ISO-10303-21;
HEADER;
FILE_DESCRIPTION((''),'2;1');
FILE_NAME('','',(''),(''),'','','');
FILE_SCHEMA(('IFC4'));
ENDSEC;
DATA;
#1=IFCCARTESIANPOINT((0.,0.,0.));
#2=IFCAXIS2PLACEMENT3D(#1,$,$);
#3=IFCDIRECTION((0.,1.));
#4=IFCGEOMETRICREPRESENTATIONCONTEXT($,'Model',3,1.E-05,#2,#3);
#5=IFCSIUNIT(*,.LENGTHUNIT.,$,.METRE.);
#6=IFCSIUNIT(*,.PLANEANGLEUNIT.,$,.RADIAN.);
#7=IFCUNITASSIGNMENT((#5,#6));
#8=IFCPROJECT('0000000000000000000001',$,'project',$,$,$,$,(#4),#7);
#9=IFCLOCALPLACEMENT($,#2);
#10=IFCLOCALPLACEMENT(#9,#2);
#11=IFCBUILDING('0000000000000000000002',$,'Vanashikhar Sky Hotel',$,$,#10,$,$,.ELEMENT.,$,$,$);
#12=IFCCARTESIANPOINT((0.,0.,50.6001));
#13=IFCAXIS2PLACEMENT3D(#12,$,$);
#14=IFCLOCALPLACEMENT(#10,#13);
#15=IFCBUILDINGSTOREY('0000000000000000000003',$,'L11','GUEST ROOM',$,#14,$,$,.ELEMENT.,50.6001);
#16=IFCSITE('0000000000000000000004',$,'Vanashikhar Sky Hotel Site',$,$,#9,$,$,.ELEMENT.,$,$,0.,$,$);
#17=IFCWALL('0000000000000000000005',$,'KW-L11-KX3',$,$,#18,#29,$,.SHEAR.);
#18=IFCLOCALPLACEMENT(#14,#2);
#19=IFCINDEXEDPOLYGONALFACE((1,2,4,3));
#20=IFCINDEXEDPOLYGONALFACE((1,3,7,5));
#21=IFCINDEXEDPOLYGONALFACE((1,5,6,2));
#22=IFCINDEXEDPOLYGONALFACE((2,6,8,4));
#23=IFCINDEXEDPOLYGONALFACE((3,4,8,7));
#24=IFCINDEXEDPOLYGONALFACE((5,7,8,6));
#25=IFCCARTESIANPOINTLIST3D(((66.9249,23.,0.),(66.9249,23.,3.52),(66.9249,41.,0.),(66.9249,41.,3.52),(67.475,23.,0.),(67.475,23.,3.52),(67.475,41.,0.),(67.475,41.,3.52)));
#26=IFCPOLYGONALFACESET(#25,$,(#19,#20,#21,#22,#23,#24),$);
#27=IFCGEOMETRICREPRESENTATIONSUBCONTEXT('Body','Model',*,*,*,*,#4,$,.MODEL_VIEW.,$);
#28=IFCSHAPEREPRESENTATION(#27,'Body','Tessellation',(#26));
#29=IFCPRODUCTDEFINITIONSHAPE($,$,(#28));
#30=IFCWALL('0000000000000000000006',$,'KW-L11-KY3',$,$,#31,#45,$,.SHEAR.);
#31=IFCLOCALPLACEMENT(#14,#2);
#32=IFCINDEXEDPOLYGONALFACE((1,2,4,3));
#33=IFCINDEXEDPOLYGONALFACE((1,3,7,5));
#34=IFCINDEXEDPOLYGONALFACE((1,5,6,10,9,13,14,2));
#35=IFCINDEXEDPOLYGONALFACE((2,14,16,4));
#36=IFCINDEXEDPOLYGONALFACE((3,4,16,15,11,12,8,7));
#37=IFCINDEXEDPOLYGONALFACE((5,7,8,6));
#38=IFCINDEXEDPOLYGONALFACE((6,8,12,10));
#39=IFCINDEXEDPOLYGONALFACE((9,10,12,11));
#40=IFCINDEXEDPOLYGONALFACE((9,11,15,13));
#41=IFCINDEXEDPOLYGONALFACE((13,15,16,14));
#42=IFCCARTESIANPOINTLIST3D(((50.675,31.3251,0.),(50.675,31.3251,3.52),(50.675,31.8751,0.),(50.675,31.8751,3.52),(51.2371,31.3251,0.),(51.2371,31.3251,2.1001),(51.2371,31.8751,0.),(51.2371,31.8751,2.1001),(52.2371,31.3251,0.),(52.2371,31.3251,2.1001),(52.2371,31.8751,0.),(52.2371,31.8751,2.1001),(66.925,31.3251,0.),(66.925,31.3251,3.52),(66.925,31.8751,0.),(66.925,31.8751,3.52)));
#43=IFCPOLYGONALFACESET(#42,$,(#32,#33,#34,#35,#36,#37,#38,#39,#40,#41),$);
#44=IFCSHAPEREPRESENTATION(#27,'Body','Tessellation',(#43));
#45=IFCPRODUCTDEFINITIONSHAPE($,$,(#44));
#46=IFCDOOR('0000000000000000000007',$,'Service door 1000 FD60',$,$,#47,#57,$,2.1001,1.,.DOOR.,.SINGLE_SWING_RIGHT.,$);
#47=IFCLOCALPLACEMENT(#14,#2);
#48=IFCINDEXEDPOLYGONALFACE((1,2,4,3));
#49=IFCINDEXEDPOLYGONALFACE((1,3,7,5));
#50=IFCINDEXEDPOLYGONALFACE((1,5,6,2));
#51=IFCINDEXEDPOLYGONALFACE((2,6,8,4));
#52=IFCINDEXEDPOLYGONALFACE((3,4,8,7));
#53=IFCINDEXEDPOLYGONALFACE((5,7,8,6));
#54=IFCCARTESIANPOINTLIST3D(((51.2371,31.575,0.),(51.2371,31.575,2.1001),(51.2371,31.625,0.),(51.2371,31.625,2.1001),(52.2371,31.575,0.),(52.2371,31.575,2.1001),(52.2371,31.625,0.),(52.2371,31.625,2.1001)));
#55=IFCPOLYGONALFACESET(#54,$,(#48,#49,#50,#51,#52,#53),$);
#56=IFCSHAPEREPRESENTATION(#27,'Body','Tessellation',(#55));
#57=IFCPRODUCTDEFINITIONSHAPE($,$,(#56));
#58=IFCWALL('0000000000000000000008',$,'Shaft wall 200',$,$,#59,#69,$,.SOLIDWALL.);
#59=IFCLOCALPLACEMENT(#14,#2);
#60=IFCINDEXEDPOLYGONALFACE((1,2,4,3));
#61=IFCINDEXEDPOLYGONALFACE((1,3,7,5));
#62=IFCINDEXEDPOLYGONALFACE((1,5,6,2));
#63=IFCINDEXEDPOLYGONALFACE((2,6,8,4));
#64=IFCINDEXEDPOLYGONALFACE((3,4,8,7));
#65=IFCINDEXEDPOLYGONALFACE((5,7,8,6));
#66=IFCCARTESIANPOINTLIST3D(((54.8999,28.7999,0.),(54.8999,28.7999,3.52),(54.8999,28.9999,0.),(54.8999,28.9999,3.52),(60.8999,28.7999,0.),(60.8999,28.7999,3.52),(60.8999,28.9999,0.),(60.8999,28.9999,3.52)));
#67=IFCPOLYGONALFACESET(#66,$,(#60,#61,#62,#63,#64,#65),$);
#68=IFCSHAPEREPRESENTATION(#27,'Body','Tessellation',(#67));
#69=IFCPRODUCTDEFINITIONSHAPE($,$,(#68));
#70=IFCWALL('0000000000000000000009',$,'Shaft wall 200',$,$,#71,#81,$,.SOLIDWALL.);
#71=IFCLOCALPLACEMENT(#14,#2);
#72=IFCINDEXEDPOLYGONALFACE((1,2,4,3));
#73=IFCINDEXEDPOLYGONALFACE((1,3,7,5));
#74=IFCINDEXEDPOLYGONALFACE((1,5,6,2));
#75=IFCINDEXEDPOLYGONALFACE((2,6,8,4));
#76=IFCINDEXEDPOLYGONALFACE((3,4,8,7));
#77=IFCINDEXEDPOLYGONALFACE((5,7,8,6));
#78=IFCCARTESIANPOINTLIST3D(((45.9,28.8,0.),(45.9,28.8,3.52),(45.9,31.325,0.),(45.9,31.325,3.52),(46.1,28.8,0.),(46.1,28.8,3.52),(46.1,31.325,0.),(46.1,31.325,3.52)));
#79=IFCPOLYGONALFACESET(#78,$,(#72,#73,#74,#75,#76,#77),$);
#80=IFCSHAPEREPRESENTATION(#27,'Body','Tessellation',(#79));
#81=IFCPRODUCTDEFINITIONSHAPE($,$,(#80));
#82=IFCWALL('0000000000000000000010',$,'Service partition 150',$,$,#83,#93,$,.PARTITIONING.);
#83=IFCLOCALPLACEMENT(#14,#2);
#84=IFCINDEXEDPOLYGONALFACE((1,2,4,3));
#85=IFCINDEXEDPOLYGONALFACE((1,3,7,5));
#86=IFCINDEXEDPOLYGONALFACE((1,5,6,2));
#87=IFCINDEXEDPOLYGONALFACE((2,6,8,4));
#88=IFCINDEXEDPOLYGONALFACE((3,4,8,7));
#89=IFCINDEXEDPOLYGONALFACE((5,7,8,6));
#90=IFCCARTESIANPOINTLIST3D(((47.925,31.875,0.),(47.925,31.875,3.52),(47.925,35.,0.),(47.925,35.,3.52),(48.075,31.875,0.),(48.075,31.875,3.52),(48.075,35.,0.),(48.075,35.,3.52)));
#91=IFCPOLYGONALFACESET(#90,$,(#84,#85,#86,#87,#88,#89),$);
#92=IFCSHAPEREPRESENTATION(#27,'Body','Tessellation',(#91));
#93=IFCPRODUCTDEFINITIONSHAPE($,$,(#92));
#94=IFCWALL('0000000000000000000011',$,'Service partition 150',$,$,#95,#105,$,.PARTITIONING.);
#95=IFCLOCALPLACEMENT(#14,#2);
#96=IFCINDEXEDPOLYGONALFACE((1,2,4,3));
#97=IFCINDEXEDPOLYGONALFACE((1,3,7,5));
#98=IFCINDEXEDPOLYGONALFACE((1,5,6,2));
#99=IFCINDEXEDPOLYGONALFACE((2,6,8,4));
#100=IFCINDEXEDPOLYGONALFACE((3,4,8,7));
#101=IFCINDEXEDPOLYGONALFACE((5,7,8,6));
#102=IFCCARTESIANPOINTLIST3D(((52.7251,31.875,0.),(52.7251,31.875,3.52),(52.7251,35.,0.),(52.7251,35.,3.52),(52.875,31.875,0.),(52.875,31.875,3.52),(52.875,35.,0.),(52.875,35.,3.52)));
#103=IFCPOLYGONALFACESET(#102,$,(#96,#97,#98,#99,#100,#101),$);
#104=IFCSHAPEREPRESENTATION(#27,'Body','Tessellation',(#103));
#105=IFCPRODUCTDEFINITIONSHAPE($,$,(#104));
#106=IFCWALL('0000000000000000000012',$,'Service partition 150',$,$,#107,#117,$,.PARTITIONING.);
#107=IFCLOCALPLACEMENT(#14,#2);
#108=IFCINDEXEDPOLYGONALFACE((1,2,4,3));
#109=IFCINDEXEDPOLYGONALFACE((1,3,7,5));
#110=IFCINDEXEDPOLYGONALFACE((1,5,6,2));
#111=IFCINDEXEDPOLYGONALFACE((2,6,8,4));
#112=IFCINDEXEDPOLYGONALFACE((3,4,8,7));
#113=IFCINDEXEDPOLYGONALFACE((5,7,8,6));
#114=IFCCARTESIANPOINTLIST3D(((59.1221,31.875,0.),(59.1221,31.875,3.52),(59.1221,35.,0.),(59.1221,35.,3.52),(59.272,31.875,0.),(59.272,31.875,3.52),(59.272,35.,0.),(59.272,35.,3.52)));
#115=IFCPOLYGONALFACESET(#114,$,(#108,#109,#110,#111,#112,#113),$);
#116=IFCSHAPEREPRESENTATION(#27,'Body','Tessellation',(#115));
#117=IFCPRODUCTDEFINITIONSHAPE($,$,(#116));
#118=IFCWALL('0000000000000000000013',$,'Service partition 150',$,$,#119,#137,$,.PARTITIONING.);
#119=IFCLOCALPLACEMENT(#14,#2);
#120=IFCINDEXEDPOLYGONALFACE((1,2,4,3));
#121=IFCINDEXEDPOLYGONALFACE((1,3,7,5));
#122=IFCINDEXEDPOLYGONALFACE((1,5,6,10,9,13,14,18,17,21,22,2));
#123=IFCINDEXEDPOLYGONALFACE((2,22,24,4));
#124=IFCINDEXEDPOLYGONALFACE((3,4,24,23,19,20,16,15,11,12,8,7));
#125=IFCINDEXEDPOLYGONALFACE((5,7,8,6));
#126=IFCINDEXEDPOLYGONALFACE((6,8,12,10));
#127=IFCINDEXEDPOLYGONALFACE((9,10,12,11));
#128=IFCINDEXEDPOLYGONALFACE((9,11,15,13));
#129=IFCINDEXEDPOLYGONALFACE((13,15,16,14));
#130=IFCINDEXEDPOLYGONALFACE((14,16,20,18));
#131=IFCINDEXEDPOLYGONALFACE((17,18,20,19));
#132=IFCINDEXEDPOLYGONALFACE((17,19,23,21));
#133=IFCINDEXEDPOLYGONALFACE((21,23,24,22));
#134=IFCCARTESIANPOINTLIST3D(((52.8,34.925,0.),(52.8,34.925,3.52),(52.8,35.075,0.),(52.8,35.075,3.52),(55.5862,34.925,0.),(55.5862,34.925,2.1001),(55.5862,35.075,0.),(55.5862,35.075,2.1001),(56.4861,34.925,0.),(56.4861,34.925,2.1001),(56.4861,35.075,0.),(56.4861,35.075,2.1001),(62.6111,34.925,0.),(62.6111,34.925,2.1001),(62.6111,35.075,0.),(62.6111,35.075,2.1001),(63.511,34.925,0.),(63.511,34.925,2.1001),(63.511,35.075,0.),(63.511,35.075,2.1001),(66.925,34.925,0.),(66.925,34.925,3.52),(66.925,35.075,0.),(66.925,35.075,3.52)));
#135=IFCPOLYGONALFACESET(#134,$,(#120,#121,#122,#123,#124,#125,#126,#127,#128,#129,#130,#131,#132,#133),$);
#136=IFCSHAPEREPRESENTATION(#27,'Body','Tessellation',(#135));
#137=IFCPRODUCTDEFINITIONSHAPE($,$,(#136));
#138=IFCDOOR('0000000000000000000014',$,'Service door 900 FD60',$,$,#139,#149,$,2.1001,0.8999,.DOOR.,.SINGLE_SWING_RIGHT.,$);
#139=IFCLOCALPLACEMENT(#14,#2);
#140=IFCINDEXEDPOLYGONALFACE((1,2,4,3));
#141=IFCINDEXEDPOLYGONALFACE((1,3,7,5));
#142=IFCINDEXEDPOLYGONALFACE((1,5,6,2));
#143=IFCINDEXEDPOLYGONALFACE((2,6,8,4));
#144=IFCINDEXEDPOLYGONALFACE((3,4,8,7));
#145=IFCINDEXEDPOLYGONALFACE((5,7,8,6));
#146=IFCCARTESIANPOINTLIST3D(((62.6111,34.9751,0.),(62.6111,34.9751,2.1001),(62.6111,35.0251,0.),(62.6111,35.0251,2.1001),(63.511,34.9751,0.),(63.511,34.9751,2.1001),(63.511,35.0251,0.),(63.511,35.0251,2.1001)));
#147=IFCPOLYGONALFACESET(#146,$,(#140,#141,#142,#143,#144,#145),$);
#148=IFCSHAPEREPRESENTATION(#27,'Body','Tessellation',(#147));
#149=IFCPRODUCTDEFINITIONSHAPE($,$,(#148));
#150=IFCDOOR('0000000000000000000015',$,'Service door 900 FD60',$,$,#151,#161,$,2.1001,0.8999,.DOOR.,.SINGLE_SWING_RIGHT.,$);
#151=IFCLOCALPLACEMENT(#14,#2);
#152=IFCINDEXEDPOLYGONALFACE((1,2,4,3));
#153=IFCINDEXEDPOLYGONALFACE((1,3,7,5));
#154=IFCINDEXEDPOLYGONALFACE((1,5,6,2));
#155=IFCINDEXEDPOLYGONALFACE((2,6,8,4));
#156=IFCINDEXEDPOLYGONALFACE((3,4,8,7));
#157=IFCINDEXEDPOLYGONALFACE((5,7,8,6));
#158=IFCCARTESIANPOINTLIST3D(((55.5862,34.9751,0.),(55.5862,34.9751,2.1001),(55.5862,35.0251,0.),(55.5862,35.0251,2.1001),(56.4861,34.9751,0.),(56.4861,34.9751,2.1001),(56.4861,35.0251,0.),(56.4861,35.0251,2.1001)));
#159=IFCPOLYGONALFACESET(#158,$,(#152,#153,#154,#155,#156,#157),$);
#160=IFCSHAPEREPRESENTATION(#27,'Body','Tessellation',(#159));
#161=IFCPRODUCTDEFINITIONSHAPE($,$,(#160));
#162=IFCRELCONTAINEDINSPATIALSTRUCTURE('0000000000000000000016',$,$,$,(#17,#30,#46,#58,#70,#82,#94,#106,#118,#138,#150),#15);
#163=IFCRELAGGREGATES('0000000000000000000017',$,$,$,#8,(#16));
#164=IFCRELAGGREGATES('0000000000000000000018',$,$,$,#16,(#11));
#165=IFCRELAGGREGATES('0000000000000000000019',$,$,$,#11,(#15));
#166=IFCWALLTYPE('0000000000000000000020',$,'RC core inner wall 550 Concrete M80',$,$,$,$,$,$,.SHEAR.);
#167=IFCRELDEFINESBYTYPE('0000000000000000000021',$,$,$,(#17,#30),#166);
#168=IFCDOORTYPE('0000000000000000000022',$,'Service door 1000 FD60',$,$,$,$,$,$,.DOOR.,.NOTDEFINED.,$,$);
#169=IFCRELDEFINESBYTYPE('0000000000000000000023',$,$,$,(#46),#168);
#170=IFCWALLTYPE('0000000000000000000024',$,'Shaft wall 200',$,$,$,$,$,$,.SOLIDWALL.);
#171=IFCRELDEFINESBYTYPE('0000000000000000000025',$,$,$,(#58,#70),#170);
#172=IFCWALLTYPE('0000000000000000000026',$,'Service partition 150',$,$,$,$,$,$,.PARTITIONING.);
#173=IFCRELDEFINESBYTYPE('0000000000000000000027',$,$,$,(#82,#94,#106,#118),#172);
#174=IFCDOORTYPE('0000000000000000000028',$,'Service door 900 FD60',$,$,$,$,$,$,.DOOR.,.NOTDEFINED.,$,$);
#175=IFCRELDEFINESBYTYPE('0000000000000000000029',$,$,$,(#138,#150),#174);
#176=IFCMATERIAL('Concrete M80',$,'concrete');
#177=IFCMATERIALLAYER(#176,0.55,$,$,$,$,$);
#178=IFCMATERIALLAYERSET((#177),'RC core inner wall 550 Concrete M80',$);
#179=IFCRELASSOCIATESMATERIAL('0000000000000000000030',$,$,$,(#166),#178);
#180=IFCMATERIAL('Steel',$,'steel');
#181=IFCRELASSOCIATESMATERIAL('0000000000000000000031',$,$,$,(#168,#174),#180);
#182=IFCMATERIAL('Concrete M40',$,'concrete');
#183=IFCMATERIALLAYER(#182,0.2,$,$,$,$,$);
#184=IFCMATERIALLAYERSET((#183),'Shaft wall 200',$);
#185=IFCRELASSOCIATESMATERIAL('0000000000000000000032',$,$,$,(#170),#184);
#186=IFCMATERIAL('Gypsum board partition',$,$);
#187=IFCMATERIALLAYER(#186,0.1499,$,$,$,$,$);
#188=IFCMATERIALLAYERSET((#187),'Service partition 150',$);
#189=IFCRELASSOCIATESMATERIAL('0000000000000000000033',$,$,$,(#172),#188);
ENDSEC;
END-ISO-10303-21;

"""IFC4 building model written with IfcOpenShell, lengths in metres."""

from ifc_helpers import new_model, si_unit, direction, frame, frame_2d, origin, place, context, subcontext, project, spatial, rectangle, extrude, source, transform, mapped, material, layer, layer_set, type_object, element, fill, save


model = new_model("IFC4")

# Units and contexts
model_context = context("Model", 3, precision=1e-05, world=origin(), true_north=direction((0.0, 1.0)))
body_context = subcontext(model_context, "Body", "Model", "MODEL_VIEW")
ifc_project = project(units=[si_unit("LENGTHUNIT", "METRE"), si_unit("PLANEANGLEUNIT", "RADIAN")], contexts=[model_context])

# Site, building, storey
site_placement = place(None, origin())
site = spatial("IfcSite", under=ifc_project, at=site_placement, Name="Vanashikhar Sky Hotel Site", CompositionType="ELEMENT", RefElevation=0.0)
building_placement = place(site_placement, origin())
building = spatial("IfcBuilding", under=site, at=building_placement, Name="Vanashikhar Sky Hotel", CompositionType="ELEMENT")
storey_placement = place(building_placement, frame((0.0, 0.0, 50.6001)))
storey = spatial("IfcBuildingStorey", under=building, at=storey_placement, Name="L11", Description="GUEST ROOM", CompositionType="ELEMENT", Elevation=50.6001)

# Wall
ifc_material_1 = material(Name="Concrete M80", Category="concrete")
ifc_layer_1 = layer(ifc_material_1, 0.55)
ifc_layer_set_1 = layer_set([ifc_layer_1], Name="RC core inner wall 550 Concrete M80")
wall_type_1 = type_object("IfcWallType", Name="RC core inner wall 550 Concrete M80", PredefinedType="SHEAR", material=ifc_layer_set_1)
shared_shape_1 = source(origin(), body_context, "Body", "SweptSolid", [
    extrude(rectangle(XDim=18.0, YDim=0.55, at=frame_2d((9.0, 0.0))), origin(), (0.0, 0.0, 1.0), 3.52),
])
wall_1_placement = place(storey_placement, frame((67.2, 23.0, 0.0), z_axis=(0.0, 0.0, 1.0), x_axis=(0.0, 1.0, 0.0)))
element("IfcWall", 1, at=wall_1_placement, inside=storey, type_object=wall_type_1, Name="KW-L11-KX3", PredefinedType="SHEAR", context=body_context, shape_type="MappedRepresentation", body=[
    mapped(shared_shape_1, transform((0.0, 0.0, 0.0), scale=1.0)),
])

# Wall, opening, door
shared_shape_2 = source(origin(), body_context, "Body", "SweptSolid", [
    extrude(rectangle(XDim=16.25, YDim=0.55, at=frame_2d((8.125, 0.0))), origin(), (0.0, 0.0, 1.0), 3.52),
])
wall_2_placement = place(storey_placement, frame((50.675, 31.6001, 0.0), z_axis=(0.0, 0.0, 1.0), x_axis=(1.0, 0.0, 0.0)))
wall_2 = element("IfcWall", 2, at=wall_2_placement, inside=storey, type_object=wall_type_1, Name="KW-L11-KY3", PredefinedType="SHEAR", context=body_context, shape_type="MappedRepresentation", body=[
    mapped(shared_shape_2, transform((0.0, 0.0, 0.0), scale=1.0)),
])
shared_shape_3 = source(origin(), body_context, "Body", "SweptSolid", [
    extrude(rectangle(XDim=1.0, YDim=2.1001, at=frame_2d((0.5, 1.05))), frame((0.0, 0.2852, 0.0), z_axis=(0.0, -1.0, 0.0), x_axis=(1.0, 0.0, 0.0)), (0.0, 0.0, 1.0), 0.5701),
])
opening_1_placement = place(wall_2_placement, frame((0.562, 0.0, 0.0)))
opening_1 = element("IfcOpeningElement", 3, at=opening_1_placement, cuts=wall_2, PredefinedType="OPENING", context=body_context, shape_type="MappedRepresentation", body=[
    mapped(shared_shape_3, transform((0.0, 0.0, 0.0), scale=1.0)),
])
ifc_material_2 = material(Name="Steel", Category="steel")
door_type_1 = type_object("IfcDoorType", Name="Service door 1000 FD60", OperationType="NOTDEFINED", PredefinedType="DOOR", material=ifc_material_2)
shared_shape_4 = source(origin(), body_context, "Body", "SweptSolid", [
    extrude(rectangle(XDim=1.0, YDim=2.1001, at=frame_2d((0.5, 1.05))), frame((0.0, 0.0249, 0.0), z_axis=(0.0, -1.0, 0.0), x_axis=(1.0, 0.0, 0.0)), (0.0, 0.0, 1.0), 0.05),
])
door_1_placement = place(opening_1_placement, origin())
door_1 = element("IfcDoor", 4, at=door_1_placement, inside=storey, type_object=door_type_1, Name="Service door 1000 FD60", OperationType="SINGLE_SWING_RIGHT", OverallHeight=2.1001, OverallWidth=1.0, PredefinedType="DOOR", context=body_context, shape_type="MappedRepresentation", body=[
    mapped(shared_shape_4, transform((0.0, 0.0, 0.0), scale=1.0)),
])
fill(opening_1, door_1)

# Walls
ifc_material_3 = material(Name="Concrete M40", Category="concrete")
ifc_layer_2 = layer(ifc_material_3, 0.2)
ifc_layer_set_2 = layer_set([ifc_layer_2], Name="Shaft wall 200")
wall_type_2 = type_object("IfcWallType", Name="Shaft wall 200", PredefinedType="SOLIDWALL", material=ifc_layer_set_2)
shared_shape_5 = source(origin(), body_context, "Body", "SweptSolid", [
    extrude(rectangle(XDim=6.0, YDim=0.2, at=frame_2d((3.0, 0.0))), origin(), (0.0, 0.0, 1.0), 3.52),
])
wall_3_placement = place(storey_placement, frame((60.8999, 28.8999, 0.0), z_axis=(0.0, 0.0, 1.0), x_axis=(-1.0, 0.0, 0.0)))
element("IfcWall", 5, at=wall_3_placement, inside=storey, type_object=wall_type_2, Name="Shaft wall 200", PredefinedType="SOLIDWALL", context=body_context, shape_type="MappedRepresentation", body=[
    mapped(shared_shape_5, transform((0.0, 0.0, 0.0), scale=1.0)),
])
shared_shape_6 = source(origin(), body_context, "Body", "SweptSolid", [
    extrude(rectangle(XDim=2.5249, YDim=0.2, at=frame_2d((1.2625, 0.0))), origin(), (0.0, 0.0, 1.0), 3.52),
])
wall_4_placement = place(storey_placement, frame((46.0, 28.8, 0.0), z_axis=(0.0, 0.0, 1.0), x_axis=(0.0, 1.0, 0.0)))
element("IfcWall", 6, at=wall_4_placement, inside=storey, type_object=wall_type_2, Name="Shaft wall 200", PredefinedType="SOLIDWALL", context=body_context, shape_type="MappedRepresentation", body=[
    mapped(shared_shape_6, transform((0.0, 0.0, 0.0), scale=1.0)),
])
ifc_material_4 = material(Name="Gypsum board partition")
ifc_layer_3 = layer(ifc_material_4, 0.1499)
ifc_layer_set_3 = layer_set([ifc_layer_3], Name="Service partition 150")
wall_type_3 = type_object("IfcWallType", Name="Service partition 150", PredefinedType="PARTITIONING", material=ifc_layer_set_3)
shared_shape_7 = source(origin(), body_context, "Body", "SweptSolid", [
    extrude(rectangle(XDim=3.125, YDim=0.1499, at=frame_2d((1.5625, 0.0))), origin(), (0.0, 0.0, 1.0), 3.52),
])
for number, where, z_axis, x_axis, name in (
    (7, (48.0, 31.875, 0.0), (0.0, 0.0, 1.0), (0.0, 1.0, 0.0), "Service partition 150"),
    (8, (52.8, 31.875, 0.0), (0.0, 0.0, 1.0), (0.0, 1.0, 0.0), "Service partition 150"),
    (9, (59.197, 31.875, 0.0), (0.0, 0.0, 1.0), (0.0, 1.0, 0.0), "Service partition 150"),
):
    element("IfcWall", number, at=place(storey_placement, frame(where, z_axis=z_axis, x_axis=x_axis)), inside=storey, type_object=wall_type_3, Name=name, PredefinedType="PARTITIONING", context=body_context, shape_type="MappedRepresentation", body=[
        mapped(shared_shape_7, transform((0.0, 0.0, 0.0), scale=1.0)),
    ])

# Wall, openings, doors
shared_shape_8 = source(origin(), body_context, "Body", "SweptSolid", [
    extrude(rectangle(XDim=14.125, YDim=0.1499, at=frame_2d((7.0625, 0.0))), origin(), (0.0, 0.0, 1.0), 3.52),
])
wall_5_placement = place(storey_placement, frame((66.925, 35.0, 0.0), z_axis=(0.0, 0.0, 1.0), x_axis=(-1.0, 0.0, 0.0)))
wall_5 = element("IfcWall", 10, at=wall_5_placement, inside=storey, type_object=wall_type_3, Name="Service partition 150", PredefinedType="PARTITIONING", context=body_context, shape_type="MappedRepresentation", body=[
    mapped(shared_shape_8, transform((0.0, 0.0, 0.0), scale=1.0)),
])
shared_shape_9 = source(origin(), body_context, "Body", "SweptSolid", [
    extrude(rectangle(XDim=0.8999, YDim=2.1001, at=frame_2d((0.45, 1.05))), frame((0.0, 0.085, 0.0), z_axis=(0.0, -1.0, 0.0), x_axis=(1.0, 0.0, 0.0)), (0.0, 0.0, 1.0), 0.1699),
])
opening_2_placement = place(wall_5_placement, frame((3.4141, 0.0, 0.0)))
opening_2 = element("IfcOpeningElement", 11, at=opening_2_placement, cuts=wall_5, PredefinedType="OPENING", context=body_context, shape_type="MappedRepresentation", body=[
    mapped(shared_shape_9, transform((0.0, 0.0, 0.0), scale=1.0)),
])
opening_3_placement = place(wall_5_placement, frame((10.439, 0.0, 0.0)))
opening_3 = element("IfcOpeningElement", 12, at=opening_3_placement, cuts=wall_5, PredefinedType="OPENING", context=body_context, shape_type="MappedRepresentation", body=[
    mapped(shared_shape_9, transform((0.0, 0.0, 0.0), scale=1.0)),
])
door_type_2 = type_object("IfcDoorType", Name="Service door 900 FD60", OperationType="NOTDEFINED", PredefinedType="DOOR", material=ifc_material_2)
shared_shape_10 = source(origin(), body_context, "Body", "SweptSolid", [
    extrude(rectangle(XDim=0.8999, YDim=2.1001, at=frame_2d((0.45, 1.05))), frame((0.0, 0.0249, 0.0), z_axis=(0.0, -1.0, 0.0), x_axis=(1.0, 0.0, 0.0)), (0.0, 0.0, 1.0), 0.05),
])
door_2_placement = place(opening_2_placement, origin())
door_2 = element("IfcDoor", 13, at=door_2_placement, inside=storey, type_object=door_type_2, Name="Service door 900 FD60", OperationType="SINGLE_SWING_RIGHT", OverallHeight=2.1001, OverallWidth=0.8999, PredefinedType="DOOR", context=body_context, shape_type="MappedRepresentation", body=[
    mapped(shared_shape_10, transform((0.0, 0.0, 0.0), scale=1.0)),
])
fill(opening_2, door_2)
door_3_placement = place(opening_3_placement, origin())
door_3 = element("IfcDoor", 14, at=door_3_placement, inside=storey, type_object=door_type_2, Name="Service door 900 FD60", OperationType="SINGLE_SWING_RIGHT", OverallHeight=2.1001, OverallWidth=0.8999, PredefinedType="DOOR", context=body_context, shape_type="MappedRepresentation", body=[
    mapped(shared_shape_10, transform((0.0, 0.0, 0.0), scale=1.0)),
])
fill(opening_3, door_3)

save(model, "model.ifc")
